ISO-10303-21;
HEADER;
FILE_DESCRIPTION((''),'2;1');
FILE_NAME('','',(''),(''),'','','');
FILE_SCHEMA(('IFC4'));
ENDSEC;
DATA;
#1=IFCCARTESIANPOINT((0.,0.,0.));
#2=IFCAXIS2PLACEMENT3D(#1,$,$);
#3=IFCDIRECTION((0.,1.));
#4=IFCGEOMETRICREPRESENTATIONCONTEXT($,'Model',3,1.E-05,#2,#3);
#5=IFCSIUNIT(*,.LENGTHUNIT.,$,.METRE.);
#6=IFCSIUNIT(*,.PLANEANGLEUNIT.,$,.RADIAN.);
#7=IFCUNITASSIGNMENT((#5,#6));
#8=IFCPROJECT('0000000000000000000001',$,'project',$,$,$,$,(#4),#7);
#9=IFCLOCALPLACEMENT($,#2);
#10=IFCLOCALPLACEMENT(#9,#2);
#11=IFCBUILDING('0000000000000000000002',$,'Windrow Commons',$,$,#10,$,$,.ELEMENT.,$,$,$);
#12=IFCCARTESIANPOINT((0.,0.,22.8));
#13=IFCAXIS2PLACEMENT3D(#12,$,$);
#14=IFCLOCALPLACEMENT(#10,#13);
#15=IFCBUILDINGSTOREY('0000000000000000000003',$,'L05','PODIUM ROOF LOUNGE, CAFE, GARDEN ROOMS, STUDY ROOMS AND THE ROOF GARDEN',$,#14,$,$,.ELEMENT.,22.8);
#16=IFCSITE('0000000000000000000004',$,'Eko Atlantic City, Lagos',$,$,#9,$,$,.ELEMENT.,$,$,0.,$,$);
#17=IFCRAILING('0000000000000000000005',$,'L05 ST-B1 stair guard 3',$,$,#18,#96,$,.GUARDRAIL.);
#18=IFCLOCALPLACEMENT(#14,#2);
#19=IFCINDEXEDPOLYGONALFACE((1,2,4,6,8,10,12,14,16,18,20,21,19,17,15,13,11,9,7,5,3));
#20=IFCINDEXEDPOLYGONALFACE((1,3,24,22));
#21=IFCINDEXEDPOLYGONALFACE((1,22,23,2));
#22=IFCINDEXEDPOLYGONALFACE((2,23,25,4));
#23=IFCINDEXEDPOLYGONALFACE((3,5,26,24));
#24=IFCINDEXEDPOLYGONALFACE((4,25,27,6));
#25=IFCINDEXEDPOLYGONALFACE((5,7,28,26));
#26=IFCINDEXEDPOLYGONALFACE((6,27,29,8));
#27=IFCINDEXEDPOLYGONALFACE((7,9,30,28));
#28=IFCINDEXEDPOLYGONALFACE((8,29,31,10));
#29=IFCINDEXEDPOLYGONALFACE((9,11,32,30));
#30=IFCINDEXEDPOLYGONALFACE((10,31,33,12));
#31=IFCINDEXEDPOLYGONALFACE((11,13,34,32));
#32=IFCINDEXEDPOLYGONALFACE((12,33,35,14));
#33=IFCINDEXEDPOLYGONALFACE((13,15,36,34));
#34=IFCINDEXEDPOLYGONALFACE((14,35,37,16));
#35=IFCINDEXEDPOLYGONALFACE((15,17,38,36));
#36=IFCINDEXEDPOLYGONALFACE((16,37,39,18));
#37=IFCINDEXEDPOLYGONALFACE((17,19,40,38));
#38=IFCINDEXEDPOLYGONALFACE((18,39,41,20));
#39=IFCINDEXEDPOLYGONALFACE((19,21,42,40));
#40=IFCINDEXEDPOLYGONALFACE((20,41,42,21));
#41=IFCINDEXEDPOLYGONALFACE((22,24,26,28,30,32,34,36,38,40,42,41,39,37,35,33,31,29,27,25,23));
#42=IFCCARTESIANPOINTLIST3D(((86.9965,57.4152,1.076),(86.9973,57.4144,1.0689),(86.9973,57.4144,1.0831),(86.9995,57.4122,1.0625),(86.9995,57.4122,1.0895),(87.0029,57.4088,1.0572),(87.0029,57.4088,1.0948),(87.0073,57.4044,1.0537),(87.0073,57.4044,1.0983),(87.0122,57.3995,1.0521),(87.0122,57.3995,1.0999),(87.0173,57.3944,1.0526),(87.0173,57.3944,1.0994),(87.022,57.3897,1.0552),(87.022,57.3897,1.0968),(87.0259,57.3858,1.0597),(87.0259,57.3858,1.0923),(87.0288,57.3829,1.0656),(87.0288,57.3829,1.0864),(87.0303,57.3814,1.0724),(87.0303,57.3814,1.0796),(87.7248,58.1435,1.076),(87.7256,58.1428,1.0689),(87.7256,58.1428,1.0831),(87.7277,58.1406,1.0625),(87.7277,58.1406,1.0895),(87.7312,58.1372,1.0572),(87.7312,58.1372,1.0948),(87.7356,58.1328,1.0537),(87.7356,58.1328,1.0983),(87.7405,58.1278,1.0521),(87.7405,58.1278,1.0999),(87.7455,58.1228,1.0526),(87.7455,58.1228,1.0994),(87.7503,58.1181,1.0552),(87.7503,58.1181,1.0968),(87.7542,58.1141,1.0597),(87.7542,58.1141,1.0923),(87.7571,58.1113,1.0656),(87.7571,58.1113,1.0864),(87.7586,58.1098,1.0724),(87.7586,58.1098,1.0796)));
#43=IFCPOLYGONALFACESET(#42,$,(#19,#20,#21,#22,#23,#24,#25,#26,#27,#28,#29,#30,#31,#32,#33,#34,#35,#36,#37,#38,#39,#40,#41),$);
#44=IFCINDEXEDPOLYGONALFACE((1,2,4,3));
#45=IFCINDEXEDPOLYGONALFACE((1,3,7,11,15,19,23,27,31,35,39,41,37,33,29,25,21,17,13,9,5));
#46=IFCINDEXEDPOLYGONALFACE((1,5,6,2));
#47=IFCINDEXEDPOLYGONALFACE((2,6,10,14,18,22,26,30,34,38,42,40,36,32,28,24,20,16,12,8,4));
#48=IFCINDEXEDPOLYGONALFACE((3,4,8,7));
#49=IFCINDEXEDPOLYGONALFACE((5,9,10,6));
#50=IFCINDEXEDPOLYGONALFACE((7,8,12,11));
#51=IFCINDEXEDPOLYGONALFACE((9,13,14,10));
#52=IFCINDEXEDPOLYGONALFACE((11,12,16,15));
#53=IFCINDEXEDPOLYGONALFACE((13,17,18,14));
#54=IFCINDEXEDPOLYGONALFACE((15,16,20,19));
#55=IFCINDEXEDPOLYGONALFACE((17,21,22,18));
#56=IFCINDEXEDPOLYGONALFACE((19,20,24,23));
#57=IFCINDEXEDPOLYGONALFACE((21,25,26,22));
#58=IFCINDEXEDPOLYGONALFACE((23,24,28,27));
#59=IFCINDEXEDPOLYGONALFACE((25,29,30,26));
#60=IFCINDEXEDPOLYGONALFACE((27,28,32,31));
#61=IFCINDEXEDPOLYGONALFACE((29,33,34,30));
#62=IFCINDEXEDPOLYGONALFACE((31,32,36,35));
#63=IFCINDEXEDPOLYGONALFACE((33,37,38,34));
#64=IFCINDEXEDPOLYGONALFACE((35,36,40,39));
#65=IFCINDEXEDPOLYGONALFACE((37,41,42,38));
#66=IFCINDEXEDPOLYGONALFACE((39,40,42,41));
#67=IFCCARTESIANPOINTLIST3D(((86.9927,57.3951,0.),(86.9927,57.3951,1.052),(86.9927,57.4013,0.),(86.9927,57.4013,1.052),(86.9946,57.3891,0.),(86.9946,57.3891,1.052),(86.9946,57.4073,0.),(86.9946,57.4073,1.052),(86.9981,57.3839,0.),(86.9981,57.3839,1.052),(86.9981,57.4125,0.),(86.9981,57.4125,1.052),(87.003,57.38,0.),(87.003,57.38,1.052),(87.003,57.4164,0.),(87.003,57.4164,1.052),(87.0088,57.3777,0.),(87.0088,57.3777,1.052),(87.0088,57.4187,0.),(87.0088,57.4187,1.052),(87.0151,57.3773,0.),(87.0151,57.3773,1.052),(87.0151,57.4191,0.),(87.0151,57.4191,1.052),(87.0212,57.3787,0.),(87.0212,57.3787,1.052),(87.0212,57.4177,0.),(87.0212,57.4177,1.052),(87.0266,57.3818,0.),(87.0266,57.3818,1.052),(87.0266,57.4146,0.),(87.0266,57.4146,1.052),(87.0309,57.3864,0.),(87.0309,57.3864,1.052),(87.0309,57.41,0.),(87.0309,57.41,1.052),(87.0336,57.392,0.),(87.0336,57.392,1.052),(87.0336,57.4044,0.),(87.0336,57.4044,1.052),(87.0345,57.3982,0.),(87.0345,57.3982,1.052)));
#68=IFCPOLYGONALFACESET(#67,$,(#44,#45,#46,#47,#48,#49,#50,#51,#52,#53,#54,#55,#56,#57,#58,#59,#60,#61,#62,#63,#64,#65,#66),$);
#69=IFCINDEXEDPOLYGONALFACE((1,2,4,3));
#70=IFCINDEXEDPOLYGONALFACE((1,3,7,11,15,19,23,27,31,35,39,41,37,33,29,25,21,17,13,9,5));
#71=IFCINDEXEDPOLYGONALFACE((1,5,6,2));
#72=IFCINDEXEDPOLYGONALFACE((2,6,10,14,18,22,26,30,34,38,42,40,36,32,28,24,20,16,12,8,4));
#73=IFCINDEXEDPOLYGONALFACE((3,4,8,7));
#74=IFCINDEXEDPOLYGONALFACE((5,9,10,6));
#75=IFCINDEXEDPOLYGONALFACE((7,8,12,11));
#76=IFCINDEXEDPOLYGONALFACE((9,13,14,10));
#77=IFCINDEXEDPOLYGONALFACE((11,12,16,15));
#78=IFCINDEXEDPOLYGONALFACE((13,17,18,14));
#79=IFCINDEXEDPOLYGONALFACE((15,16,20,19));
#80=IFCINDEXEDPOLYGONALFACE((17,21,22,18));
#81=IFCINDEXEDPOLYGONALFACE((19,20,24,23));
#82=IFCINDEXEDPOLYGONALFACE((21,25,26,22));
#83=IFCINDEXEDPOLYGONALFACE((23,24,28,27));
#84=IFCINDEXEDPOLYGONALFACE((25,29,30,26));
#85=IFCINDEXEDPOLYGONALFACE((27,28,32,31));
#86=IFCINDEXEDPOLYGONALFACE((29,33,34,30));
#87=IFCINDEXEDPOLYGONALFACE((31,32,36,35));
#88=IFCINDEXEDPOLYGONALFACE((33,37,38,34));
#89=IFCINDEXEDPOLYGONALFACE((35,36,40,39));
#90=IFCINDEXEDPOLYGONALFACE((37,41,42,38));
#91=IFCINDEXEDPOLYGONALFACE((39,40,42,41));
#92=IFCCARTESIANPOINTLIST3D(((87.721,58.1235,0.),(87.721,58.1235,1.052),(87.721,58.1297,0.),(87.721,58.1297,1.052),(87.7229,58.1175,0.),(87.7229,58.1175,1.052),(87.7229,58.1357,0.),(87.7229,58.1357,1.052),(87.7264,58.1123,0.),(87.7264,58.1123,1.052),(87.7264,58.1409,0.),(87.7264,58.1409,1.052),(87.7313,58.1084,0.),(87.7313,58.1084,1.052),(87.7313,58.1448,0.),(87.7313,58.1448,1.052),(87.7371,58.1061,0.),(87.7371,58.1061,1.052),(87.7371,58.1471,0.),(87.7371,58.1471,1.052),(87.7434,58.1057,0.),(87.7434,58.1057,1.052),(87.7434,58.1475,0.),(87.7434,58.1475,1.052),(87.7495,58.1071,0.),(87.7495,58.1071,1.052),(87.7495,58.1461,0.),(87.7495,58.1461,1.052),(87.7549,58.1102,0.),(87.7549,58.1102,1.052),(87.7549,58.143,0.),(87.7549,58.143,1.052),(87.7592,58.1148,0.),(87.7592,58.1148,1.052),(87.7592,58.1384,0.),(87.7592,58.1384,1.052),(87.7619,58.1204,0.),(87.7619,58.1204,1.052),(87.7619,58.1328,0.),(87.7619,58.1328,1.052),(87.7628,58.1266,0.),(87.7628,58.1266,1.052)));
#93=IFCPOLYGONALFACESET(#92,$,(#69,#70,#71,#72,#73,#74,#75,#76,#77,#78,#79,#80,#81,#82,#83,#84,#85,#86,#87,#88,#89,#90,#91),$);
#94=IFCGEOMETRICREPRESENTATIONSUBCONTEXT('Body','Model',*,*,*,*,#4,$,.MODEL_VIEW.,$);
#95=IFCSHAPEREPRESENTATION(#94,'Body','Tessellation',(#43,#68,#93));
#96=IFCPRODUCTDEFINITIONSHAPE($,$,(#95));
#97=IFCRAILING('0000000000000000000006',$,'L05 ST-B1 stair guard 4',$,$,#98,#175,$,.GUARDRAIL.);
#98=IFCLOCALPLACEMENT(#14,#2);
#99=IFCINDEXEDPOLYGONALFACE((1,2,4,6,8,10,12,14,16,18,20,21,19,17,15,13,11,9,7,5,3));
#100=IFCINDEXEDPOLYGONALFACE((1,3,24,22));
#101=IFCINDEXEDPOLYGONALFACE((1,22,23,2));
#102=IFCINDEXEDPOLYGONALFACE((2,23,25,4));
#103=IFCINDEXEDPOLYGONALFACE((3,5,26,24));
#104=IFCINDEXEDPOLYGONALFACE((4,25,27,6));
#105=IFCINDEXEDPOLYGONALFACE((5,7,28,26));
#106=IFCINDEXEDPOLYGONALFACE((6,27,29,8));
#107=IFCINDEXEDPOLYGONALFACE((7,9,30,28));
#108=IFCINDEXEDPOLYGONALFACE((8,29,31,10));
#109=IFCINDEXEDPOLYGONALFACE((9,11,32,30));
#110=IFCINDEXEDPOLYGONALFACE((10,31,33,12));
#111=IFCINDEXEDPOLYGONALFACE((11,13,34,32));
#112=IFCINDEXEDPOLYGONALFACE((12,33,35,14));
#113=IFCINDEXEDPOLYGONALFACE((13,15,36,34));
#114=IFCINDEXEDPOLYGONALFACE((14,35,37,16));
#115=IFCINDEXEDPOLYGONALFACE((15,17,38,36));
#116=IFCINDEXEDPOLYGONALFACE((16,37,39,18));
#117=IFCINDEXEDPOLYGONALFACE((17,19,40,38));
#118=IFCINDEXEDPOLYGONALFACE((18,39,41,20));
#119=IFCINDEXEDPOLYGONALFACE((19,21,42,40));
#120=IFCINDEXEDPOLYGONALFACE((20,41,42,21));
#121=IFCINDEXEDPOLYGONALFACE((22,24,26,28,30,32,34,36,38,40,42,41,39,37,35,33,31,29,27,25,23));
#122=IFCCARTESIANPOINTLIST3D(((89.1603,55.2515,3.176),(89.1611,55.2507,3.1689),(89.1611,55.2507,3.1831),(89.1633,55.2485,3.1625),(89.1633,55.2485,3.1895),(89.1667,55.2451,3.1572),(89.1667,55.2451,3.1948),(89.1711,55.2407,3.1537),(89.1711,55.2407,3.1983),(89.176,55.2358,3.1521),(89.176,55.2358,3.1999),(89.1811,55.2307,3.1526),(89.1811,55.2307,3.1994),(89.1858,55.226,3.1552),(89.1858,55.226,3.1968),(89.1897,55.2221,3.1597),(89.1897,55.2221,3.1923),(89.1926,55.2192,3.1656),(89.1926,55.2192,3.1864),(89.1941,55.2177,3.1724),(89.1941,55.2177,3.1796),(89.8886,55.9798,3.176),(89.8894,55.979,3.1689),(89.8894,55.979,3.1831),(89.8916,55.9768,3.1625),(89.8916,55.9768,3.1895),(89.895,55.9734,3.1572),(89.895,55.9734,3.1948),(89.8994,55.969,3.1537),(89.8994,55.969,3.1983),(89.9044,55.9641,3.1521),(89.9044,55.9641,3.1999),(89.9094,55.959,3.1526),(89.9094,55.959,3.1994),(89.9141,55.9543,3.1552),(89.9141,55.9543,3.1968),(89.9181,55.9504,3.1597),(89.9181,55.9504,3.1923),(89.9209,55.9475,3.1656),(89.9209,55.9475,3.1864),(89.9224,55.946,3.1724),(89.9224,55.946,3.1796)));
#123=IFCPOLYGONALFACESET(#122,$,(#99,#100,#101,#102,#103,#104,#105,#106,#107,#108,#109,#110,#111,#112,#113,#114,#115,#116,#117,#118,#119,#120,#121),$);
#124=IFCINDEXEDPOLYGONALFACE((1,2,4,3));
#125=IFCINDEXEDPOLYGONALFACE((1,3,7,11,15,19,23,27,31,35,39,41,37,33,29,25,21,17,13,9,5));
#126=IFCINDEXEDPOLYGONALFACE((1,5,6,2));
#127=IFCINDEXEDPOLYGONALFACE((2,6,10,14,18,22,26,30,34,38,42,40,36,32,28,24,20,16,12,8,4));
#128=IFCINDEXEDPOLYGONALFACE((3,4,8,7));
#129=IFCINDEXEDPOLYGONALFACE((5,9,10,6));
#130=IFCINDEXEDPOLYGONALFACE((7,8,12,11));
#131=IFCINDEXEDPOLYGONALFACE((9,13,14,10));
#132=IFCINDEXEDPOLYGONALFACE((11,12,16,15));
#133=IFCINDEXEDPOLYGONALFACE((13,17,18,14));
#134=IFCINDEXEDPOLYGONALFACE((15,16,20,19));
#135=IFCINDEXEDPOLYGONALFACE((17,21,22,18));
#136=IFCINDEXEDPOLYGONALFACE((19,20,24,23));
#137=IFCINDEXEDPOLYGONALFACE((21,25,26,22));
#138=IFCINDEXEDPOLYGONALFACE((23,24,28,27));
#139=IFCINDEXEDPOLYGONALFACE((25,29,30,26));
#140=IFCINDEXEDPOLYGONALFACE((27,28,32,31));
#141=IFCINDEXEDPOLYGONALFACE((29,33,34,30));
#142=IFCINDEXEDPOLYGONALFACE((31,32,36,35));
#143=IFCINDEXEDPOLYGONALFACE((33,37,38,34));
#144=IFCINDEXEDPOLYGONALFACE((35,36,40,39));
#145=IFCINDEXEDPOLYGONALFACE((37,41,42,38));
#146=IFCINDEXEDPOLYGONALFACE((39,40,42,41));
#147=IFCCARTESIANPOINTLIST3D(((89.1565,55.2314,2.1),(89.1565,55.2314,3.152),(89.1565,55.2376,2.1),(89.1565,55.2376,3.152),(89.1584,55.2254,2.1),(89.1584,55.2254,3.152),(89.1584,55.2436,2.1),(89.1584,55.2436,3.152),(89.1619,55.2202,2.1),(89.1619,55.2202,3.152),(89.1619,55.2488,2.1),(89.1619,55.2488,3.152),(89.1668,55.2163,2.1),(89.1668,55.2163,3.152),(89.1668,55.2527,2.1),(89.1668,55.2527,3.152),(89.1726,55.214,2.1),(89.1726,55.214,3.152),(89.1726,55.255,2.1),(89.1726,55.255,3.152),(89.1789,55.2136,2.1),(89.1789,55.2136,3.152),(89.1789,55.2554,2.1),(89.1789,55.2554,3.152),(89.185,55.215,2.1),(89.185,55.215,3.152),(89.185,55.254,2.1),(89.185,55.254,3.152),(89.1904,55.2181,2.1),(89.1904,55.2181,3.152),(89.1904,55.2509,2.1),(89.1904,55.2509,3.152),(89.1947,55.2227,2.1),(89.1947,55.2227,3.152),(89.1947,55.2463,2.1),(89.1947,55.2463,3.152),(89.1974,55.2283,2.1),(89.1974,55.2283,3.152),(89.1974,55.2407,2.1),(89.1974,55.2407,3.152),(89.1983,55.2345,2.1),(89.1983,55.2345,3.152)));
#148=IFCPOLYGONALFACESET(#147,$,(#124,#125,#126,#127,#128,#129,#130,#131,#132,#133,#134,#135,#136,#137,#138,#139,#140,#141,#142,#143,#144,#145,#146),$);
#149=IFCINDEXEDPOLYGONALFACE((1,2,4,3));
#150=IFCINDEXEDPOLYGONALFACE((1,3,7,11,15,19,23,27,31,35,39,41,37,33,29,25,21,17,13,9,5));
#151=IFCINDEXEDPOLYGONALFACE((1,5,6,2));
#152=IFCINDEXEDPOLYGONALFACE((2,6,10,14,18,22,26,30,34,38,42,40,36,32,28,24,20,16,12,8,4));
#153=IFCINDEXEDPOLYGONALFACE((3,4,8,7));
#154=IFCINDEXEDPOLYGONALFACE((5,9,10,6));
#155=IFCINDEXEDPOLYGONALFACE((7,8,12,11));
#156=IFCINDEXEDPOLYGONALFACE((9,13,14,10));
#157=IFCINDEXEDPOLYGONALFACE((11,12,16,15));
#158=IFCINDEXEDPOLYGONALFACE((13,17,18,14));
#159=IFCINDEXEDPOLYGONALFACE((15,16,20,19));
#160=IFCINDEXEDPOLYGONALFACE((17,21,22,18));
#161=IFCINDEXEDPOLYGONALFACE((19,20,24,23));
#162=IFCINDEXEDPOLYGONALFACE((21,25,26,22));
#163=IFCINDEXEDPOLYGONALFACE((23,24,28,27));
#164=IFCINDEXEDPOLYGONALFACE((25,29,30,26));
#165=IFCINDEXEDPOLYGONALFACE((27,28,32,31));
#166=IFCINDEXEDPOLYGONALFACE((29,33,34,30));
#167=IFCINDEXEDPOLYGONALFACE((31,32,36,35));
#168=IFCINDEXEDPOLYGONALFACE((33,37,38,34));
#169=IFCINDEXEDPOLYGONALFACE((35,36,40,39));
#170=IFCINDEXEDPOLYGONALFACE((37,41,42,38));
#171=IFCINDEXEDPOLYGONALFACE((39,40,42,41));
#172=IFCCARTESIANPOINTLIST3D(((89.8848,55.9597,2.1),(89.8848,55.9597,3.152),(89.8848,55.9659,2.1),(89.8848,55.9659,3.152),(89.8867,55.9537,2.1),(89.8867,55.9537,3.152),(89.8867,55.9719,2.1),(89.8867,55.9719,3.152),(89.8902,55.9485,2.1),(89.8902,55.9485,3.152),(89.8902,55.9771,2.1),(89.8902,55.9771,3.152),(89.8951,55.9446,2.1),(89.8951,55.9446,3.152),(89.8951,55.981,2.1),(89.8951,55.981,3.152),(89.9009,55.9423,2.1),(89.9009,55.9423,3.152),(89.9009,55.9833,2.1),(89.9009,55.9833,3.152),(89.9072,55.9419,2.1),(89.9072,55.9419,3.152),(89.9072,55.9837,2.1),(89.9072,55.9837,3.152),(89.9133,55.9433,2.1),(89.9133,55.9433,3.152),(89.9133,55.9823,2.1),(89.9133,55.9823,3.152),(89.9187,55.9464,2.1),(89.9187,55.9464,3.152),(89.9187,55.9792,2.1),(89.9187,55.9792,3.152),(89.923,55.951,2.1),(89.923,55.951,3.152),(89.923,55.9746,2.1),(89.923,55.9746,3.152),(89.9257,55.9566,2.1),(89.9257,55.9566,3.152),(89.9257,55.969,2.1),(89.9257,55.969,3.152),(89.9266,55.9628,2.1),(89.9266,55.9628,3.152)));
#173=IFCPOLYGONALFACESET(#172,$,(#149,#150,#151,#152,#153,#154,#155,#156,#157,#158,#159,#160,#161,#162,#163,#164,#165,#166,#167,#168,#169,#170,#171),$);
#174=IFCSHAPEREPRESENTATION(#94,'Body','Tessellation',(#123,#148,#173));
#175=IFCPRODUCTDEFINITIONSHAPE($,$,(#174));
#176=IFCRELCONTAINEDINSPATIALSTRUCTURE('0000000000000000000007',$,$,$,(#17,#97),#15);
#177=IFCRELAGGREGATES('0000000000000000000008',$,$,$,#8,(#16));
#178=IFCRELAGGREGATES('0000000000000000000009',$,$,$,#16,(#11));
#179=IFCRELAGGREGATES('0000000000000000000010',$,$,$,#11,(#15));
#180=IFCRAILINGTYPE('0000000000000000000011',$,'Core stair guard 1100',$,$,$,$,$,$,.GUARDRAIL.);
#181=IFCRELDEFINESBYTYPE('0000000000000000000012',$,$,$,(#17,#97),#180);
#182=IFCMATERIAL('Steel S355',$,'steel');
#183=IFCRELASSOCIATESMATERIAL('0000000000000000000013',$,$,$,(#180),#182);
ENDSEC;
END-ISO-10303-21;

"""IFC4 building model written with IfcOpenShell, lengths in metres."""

from ifc_helpers import new_model, si_unit, direction, frame, origin, origin_2d, place, context, subcontext, project, spatial, circle, extrude, material, type_object, element, save


model = new_model("IFC4")

# Units and contexts
model_context = context("Model", 3, precision=1e-05, world=origin(), true_north=direction((0.0, 1.0)))
body_context = subcontext(model_context, "Body", "Model", "MODEL_VIEW")
ifc_project = project(units=[si_unit("LENGTHUNIT", "METRE"), si_unit("PLANEANGLEUNIT", "RADIAN")], contexts=[model_context])

# Site, building, storey
site_placement = place(None, origin())
site = spatial("IfcSite", under=ifc_project, at=site_placement, Name="Eko Atlantic City, Lagos", CompositionType="ELEMENT", RefElevation=0.0)
building_placement = place(site_placement, origin())
building = spatial("IfcBuilding", under=site, at=building_placement, Name="Windrow Commons", CompositionType="ELEMENT")
storey_placement = place(building_placement, frame((0.0, 0.0, 22.8)))
storey = spatial("IfcBuildingStorey", under=building, at=storey_placement, Name="L05", Description="PODIUM ROOF LOUNGE, CAFE, GARDEN ROOMS, STUDY ROOMS AND THE ROOF GARDEN", CompositionType="ELEMENT", Elevation=22.8)

# Railings
ifc_material_1 = material(Name="Steel S355", Category="steel")
railing_type_1 = type_object("IfcRailingType", Name="Core stair guard 1100", PredefinedType="GUARDRAIL", material=ifc_material_1)
railing_1_placement = place(storey_placement, frame((87.0135, 57.3982, 0.0)))
element("IfcRailing", 1, at=railing_1_placement, inside=storey, type_object=railing_type_1, Name="L05 ST-B1 stair guard 3", PredefinedType="GUARDRAIL", context=body_context, shape_type="SweptSolid", body=[
    extrude(circle(Radius=0.024, at=origin_2d()), frame((0.0, 0.0, 1.076), z_axis=(0.707058, 0.707155, 0.0), x_axis=(-0.707155, 0.707058, 0.0)), (0.0, 0.0, 1.0), 1.03),
    extrude(circle(Radius=0.021, at=origin_2d()), origin(), (0.0, 0.0, 1.0), 1.052),
    extrude(circle(Radius=0.021, at=origin_2d()), frame((0.7283, 0.7284, 0.0)), (0.0, 0.0, 1.0), 1.052),
])
railing_2_placement = place(storey_placement, frame((89.1773, 55.2345, 2.1)))
element("IfcRailing", 2, at=railing_2_placement, inside=storey, type_object=railing_type_1, Name="L05 ST-B1 stair guard 4", PredefinedType="GUARDRAIL", context=body_context, shape_type="SweptSolid", body=[
    extrude(circle(Radius=0.024, at=origin_2d()), frame((0.0, 0.0, 1.076), z_axis=(0.707107, 0.707107, 0.0), x_axis=(-0.707107, 0.707107, 0.0)), (0.0, 0.0, 1.0), 1.03),
    extrude(circle(Radius=0.021, at=origin_2d()), origin(), (0.0, 0.0, 1.0), 1.052),
    extrude(circle(Radius=0.021, at=origin_2d()), frame((0.7283, 0.7283, 0.0)), (0.0, 0.0, 1.0), 1.052),
])

save(model, "model.ifc")
